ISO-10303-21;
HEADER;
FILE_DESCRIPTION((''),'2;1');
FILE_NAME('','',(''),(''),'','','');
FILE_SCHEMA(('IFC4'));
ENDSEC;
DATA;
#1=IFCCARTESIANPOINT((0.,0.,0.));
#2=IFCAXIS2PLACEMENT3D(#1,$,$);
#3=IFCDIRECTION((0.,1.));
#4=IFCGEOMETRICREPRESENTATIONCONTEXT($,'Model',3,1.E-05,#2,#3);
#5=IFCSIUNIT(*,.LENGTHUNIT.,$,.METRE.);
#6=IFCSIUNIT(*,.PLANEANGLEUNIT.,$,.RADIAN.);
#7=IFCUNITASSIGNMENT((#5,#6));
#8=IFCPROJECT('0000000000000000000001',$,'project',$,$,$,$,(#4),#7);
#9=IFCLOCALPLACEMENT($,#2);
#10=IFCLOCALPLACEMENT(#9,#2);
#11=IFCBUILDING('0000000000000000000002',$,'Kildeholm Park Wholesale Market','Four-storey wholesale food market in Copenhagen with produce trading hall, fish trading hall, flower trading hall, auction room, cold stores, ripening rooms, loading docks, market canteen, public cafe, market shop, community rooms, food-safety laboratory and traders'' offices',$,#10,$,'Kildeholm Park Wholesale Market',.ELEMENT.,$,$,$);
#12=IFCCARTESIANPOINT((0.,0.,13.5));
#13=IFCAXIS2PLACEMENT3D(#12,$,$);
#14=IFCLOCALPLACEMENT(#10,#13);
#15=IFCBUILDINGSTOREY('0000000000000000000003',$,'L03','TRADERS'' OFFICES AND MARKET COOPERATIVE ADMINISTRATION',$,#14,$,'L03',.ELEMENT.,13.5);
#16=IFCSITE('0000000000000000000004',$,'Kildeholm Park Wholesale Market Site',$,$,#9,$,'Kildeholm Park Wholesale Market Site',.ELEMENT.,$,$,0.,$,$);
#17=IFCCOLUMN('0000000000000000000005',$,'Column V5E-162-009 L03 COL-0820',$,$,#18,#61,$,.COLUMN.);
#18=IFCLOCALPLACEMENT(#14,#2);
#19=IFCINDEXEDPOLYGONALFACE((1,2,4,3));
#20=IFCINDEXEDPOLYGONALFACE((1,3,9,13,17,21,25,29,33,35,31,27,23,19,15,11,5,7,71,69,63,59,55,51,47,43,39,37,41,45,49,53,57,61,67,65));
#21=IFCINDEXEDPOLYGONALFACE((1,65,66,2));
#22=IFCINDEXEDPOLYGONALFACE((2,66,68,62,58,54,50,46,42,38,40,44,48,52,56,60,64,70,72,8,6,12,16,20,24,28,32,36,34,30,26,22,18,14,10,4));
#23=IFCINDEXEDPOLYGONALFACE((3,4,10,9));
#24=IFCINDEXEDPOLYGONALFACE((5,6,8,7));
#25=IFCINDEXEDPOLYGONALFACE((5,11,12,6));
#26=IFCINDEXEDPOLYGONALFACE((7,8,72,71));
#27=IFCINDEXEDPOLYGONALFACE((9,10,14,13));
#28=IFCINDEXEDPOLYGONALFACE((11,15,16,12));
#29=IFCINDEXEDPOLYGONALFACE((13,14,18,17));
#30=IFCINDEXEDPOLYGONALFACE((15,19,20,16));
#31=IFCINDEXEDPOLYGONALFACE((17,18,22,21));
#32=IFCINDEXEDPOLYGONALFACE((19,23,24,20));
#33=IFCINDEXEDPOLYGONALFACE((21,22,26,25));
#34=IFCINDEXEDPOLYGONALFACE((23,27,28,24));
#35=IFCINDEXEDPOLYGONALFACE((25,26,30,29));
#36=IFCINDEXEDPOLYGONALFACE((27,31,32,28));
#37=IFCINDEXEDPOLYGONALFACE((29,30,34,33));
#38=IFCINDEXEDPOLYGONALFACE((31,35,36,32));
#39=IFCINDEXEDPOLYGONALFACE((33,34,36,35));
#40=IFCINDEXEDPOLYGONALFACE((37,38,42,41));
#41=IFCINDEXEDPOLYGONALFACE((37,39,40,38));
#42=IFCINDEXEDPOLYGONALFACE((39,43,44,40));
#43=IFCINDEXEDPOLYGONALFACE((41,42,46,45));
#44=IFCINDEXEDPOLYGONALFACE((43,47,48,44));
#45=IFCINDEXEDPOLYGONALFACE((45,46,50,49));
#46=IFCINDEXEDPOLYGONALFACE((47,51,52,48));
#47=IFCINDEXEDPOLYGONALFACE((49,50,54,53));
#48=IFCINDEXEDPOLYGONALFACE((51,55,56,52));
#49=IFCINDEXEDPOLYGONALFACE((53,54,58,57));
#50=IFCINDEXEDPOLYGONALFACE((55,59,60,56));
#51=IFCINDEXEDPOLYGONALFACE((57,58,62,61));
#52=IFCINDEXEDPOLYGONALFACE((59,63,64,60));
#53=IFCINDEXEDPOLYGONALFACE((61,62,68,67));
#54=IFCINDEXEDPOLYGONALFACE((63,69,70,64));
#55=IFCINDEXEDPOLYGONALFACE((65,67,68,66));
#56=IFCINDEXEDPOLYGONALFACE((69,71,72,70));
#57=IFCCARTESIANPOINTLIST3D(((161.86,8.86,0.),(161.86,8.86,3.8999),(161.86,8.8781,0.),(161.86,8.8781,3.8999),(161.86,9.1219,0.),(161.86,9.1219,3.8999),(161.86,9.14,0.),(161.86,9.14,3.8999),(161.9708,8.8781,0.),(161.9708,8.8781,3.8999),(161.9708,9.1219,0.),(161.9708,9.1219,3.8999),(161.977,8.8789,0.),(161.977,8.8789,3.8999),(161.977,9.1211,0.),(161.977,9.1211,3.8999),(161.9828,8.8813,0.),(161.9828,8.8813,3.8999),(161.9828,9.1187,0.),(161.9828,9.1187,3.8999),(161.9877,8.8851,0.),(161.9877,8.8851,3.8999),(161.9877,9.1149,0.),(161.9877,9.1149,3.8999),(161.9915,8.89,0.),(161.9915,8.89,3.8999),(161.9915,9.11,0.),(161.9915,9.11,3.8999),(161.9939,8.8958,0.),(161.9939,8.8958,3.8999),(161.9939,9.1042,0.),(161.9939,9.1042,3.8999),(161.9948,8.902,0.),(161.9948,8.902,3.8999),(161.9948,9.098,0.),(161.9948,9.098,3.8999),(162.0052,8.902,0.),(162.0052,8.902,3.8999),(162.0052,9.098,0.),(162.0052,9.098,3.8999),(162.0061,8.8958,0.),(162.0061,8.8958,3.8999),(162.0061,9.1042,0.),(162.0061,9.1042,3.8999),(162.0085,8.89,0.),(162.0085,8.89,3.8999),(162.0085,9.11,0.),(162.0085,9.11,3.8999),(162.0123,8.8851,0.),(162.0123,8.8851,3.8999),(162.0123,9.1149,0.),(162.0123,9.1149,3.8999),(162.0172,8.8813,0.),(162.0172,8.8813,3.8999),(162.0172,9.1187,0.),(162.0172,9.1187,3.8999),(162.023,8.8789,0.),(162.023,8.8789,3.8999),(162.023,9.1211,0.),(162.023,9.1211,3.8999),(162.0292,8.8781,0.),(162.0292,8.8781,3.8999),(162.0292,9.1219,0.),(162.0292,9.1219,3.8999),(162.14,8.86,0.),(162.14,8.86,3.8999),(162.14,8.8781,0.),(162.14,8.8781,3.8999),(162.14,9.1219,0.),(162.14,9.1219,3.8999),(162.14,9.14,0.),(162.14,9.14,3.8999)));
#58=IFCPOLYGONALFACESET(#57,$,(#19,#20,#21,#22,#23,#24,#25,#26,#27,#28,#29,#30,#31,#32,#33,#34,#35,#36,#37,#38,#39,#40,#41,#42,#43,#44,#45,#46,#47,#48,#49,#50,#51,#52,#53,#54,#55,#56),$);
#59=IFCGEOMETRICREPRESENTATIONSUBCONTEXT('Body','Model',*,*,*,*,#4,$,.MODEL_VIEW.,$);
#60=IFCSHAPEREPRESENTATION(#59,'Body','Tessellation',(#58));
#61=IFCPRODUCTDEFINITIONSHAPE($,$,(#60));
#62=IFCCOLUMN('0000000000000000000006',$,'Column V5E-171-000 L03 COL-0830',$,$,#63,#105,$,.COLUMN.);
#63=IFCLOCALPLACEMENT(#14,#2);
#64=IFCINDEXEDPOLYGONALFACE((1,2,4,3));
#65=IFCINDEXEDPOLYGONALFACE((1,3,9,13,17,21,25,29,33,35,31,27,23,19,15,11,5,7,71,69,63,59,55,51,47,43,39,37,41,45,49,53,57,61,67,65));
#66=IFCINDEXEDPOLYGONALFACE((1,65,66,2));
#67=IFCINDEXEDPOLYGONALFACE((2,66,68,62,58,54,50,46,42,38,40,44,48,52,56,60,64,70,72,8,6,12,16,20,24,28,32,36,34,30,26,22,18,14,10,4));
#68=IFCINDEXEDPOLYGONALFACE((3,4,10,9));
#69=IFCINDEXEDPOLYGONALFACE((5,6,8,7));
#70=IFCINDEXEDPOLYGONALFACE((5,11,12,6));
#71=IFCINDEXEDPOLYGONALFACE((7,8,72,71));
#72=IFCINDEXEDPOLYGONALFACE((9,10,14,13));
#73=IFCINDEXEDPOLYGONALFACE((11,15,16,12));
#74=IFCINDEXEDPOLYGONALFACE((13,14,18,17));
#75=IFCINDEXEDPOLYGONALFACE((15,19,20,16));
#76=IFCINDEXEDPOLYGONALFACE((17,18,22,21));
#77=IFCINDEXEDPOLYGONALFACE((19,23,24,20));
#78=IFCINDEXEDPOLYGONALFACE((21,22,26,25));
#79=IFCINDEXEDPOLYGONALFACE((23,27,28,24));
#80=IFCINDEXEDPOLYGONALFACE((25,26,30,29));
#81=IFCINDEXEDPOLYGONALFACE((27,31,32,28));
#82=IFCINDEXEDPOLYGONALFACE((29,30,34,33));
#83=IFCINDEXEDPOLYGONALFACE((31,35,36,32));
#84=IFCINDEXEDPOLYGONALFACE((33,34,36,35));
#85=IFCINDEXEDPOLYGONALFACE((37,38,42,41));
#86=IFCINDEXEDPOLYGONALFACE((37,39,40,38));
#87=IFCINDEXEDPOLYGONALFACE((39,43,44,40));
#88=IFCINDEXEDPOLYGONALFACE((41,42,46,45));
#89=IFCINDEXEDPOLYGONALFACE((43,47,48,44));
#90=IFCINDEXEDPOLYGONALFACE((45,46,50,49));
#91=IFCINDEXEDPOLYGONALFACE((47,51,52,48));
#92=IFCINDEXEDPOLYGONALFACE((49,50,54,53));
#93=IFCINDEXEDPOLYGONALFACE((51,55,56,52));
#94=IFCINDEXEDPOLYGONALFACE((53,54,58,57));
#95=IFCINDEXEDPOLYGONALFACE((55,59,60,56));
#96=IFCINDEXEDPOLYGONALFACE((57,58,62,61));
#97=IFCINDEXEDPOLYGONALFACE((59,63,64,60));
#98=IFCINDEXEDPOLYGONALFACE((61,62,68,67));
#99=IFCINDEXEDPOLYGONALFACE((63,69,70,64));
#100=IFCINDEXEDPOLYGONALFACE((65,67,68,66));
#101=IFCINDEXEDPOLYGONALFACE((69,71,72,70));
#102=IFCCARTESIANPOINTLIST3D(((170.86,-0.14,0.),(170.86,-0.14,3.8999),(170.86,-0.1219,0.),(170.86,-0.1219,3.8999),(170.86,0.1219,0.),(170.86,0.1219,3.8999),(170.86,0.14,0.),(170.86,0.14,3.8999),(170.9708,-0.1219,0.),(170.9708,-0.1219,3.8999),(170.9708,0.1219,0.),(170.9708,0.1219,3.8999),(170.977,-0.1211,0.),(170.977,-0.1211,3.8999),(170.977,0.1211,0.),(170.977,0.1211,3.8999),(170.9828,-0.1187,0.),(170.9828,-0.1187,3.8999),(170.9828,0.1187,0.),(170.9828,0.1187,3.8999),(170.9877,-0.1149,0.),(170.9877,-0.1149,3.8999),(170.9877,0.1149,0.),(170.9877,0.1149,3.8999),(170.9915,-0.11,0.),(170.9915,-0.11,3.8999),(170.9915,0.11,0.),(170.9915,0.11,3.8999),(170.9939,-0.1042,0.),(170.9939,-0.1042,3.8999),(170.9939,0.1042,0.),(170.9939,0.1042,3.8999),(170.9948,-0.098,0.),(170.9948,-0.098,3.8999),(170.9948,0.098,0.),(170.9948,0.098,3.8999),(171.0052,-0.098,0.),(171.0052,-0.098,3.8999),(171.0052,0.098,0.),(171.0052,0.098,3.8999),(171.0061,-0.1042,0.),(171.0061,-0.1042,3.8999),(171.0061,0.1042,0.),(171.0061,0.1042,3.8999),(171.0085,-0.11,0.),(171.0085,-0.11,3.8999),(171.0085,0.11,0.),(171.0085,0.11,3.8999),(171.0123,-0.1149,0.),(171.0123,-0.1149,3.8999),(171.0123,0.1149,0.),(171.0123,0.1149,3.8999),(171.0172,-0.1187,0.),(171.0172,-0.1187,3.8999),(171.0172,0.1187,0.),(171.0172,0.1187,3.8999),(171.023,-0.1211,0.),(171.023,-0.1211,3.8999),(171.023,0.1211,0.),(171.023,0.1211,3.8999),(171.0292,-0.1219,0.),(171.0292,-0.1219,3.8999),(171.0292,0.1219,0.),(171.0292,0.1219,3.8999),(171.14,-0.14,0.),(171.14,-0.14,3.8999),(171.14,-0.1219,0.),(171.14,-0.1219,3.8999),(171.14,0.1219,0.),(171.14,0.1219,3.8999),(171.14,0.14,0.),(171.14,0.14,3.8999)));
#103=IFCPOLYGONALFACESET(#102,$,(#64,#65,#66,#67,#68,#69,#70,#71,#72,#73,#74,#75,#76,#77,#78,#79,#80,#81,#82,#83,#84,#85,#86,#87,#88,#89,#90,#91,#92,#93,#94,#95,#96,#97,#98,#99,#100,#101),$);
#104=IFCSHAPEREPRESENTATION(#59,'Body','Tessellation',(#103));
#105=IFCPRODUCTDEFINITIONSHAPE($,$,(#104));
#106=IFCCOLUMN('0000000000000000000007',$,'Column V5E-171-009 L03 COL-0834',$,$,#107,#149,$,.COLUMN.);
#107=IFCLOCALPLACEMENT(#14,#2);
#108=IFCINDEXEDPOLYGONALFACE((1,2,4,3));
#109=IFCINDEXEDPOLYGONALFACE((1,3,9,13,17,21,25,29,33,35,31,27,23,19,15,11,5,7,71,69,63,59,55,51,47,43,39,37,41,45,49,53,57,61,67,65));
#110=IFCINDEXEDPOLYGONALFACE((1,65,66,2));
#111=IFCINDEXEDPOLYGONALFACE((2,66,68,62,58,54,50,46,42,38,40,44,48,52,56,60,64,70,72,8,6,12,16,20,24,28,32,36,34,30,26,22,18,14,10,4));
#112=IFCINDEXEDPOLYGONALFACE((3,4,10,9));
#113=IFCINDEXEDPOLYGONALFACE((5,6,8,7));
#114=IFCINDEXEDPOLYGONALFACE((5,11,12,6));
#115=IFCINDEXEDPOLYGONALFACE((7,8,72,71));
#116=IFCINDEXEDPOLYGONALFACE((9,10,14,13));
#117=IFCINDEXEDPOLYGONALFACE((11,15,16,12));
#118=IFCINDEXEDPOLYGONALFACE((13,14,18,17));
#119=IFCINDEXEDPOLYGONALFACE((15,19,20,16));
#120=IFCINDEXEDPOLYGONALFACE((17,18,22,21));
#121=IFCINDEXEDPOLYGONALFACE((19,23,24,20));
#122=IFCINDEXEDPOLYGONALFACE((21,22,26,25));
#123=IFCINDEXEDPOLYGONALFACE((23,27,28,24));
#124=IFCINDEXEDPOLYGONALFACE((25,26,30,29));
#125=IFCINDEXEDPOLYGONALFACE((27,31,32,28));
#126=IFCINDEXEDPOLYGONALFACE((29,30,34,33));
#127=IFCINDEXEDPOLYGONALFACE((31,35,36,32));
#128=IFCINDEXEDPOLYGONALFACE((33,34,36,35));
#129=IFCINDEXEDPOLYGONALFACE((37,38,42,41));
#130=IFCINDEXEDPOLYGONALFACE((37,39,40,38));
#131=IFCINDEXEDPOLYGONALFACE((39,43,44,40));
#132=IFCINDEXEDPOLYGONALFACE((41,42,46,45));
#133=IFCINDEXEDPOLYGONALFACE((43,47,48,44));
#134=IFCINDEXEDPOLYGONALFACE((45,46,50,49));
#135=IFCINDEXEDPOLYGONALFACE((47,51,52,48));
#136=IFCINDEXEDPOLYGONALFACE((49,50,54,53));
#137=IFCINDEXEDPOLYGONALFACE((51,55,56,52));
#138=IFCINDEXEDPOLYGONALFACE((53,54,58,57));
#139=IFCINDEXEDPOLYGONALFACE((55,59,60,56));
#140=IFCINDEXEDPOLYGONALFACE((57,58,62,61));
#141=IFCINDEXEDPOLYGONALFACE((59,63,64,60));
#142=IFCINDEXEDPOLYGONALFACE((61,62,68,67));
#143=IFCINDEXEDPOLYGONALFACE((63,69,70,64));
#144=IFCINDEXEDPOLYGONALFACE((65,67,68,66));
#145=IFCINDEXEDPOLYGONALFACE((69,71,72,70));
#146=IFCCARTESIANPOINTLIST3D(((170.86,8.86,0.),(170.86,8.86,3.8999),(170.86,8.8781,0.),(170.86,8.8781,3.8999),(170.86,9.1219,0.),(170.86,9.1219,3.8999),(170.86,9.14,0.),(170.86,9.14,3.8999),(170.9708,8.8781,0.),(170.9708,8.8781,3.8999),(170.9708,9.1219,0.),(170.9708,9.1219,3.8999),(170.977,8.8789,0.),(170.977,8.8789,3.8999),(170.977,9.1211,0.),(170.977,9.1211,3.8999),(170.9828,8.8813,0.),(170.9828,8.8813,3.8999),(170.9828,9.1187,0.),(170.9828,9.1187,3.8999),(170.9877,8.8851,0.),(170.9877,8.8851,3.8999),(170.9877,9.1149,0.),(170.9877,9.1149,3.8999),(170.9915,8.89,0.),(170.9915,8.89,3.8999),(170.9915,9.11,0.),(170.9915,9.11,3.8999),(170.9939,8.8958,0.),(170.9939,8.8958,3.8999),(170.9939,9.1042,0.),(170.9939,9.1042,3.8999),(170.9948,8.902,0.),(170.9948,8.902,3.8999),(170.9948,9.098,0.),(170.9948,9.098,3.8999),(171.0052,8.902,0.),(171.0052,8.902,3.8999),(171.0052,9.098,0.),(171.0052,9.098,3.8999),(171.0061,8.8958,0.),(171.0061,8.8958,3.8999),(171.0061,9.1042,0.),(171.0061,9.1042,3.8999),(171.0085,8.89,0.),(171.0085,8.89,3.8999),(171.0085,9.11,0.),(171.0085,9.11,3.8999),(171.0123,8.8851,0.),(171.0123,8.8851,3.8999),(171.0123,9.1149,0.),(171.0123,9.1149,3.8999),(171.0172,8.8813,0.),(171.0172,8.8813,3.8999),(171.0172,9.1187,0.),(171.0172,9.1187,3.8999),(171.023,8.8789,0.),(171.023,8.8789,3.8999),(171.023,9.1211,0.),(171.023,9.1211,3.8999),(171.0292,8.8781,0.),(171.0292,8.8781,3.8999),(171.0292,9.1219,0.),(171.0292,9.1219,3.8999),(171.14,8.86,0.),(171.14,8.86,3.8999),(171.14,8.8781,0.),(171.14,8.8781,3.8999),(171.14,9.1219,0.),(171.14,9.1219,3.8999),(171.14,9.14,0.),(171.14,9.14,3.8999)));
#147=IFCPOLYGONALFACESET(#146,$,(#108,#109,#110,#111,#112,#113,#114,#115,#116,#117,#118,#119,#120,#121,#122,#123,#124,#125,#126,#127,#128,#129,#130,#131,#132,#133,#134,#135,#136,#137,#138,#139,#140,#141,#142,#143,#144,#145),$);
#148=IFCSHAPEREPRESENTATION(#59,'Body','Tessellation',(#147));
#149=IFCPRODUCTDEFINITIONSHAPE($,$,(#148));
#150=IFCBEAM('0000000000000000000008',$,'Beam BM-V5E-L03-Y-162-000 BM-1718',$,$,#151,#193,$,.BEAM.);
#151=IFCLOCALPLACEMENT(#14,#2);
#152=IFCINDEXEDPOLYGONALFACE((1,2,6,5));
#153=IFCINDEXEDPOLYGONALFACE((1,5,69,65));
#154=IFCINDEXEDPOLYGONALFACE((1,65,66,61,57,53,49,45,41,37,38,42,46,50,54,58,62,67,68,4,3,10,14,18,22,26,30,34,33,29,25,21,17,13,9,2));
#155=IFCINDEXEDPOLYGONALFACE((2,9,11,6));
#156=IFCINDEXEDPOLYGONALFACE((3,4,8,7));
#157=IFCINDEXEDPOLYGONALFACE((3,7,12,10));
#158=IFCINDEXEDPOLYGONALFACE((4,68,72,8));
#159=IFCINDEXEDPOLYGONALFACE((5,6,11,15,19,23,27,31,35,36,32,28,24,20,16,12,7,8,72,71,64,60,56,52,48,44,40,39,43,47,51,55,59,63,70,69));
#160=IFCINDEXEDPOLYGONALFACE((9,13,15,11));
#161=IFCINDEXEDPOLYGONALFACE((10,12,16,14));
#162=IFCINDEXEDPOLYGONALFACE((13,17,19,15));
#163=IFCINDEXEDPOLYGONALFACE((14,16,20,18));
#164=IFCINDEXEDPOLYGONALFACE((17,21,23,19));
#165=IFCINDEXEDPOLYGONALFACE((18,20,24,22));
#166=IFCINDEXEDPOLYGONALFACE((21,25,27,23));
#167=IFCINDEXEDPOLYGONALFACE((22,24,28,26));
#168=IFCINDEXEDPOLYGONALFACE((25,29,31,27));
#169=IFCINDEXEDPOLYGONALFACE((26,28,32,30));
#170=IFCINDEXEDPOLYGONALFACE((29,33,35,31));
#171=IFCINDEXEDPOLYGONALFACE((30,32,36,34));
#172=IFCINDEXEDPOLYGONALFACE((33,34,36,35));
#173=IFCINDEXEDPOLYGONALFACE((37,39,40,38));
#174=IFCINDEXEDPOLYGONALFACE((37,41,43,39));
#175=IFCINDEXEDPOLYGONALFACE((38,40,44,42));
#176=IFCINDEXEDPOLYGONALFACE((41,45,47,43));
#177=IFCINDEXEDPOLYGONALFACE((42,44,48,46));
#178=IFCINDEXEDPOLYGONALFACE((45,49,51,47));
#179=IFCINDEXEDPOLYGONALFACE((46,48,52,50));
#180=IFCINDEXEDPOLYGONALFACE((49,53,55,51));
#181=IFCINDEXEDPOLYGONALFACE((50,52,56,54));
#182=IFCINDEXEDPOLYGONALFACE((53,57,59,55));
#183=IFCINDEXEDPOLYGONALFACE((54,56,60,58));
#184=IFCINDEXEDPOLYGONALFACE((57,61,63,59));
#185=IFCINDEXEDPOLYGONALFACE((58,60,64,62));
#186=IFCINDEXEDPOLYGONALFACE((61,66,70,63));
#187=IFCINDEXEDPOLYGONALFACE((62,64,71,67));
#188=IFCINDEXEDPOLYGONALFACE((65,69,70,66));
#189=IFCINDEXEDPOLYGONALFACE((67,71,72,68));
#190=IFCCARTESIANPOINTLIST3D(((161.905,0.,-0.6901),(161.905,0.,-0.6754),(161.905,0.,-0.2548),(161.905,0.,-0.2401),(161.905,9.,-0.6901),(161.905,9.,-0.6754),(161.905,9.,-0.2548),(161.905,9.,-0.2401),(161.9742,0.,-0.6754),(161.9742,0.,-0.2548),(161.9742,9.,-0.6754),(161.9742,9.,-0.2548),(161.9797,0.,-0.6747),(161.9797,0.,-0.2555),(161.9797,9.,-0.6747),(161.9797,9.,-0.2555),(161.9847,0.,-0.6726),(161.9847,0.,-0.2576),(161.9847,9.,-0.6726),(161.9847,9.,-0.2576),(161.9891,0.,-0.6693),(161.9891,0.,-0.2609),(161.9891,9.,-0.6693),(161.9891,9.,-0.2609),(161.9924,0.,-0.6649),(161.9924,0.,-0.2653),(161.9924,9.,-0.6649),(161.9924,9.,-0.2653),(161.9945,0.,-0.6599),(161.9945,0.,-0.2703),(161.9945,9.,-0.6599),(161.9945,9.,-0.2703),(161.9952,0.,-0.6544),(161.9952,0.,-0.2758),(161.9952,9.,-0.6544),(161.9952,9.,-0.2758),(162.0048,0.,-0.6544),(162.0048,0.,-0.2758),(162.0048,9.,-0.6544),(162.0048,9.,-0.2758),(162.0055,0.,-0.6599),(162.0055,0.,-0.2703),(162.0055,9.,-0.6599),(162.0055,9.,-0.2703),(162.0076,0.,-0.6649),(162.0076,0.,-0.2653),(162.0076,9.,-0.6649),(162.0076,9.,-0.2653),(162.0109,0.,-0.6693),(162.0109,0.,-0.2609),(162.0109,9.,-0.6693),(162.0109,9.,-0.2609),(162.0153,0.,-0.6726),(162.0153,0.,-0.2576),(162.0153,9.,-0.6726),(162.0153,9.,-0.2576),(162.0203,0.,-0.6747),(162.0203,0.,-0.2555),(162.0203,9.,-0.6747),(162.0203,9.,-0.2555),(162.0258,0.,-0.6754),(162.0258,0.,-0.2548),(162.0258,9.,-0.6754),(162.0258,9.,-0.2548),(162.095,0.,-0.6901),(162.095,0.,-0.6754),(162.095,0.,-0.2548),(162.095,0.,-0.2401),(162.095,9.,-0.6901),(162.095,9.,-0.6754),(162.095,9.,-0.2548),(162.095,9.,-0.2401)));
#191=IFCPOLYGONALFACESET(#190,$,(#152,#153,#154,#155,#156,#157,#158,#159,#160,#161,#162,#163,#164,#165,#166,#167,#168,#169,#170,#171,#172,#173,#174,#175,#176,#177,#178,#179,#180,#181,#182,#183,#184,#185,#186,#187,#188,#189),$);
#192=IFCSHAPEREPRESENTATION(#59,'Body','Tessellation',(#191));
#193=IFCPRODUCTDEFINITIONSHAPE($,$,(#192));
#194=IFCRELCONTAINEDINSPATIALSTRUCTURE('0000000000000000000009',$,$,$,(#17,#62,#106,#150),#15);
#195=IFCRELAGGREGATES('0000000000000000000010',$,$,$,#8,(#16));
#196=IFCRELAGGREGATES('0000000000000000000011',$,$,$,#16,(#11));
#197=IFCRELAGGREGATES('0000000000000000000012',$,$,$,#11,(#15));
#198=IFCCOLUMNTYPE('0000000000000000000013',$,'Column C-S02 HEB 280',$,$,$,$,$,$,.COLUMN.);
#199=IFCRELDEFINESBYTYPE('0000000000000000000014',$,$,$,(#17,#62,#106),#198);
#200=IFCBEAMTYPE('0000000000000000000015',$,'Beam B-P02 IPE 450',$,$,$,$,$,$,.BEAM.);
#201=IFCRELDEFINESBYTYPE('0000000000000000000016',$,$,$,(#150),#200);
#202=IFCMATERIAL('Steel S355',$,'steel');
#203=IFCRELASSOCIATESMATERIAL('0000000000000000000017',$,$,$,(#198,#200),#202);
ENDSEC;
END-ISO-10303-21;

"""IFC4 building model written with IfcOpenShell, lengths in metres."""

from ifc_helpers import new_model, si_unit, direction, frame, origin, origin_2d, place, context, subcontext, project, spatial, i_section, extrude, material, material_profile, profile_set, type_object, element, save


model = new_model("IFC4")

# Units and contexts
model_context = context("Model", 3, precision=1e-05, world=origin(), true_north=direction((0.0, 1.0)))
body_context = subcontext(model_context, "Body", "Model", "MODEL_VIEW")
ifc_project = project(units=[si_unit("LENGTHUNIT", "METRE"), si_unit("PLANEANGLEUNIT", "RADIAN")], contexts=[model_context])

# Site, building, storey
site_placement = place(None, origin())
site = spatial("IfcSite", under=ifc_project, at=site_placement, Name="Kildeholm Park Wholesale Market Site", LongName="Kildeholm Park Wholesale Market Site", CompositionType="ELEMENT", RefElevation=0.0)
building_placement = place(site_placement, origin())
building = spatial("IfcBuilding", under=site, at=building_placement, Name="Kildeholm Park Wholesale Market", Description="Four-storey wholesale food market in Copenhagen with produce trading hall, fish trading hall, flower trading hall, auction room, cold stores, ripening rooms, loading docks, market canteen, public cafe, market shop, community rooms, food-safety laboratory and traders' offices", LongName="Kildeholm Park Wholesale Market", CompositionType="ELEMENT")
storey_placement = place(building_placement, frame((0.0, 0.0, 13.5)))
storey = spatial("IfcBuildingStorey", under=building, at=storey_placement, Name="L03", Description="TRADERS' OFFICES AND MARKET COOPERATIVE ADMINISTRATION", LongName="L03", CompositionType="ELEMENT", Elevation=13.5)

# Columns
ifc_material_1 = material(Name="Steel S355", Category="steel")
ifc_material_profile_1 = material_profile(ifc_material_1, i_section(OverallWidth=0.28, OverallDepth=0.28, WebThickness=0.0105, FlangeThickness=0.0181, FilletRadius=0.0239, at=origin_2d()), Name="HEB 280")
ifc_profile_set_1 = profile_set([ifc_material_profile_1], Name="Steel S355")
column_type = type_object("IfcColumnType", Name="Column C-S02 HEB 280", PredefinedType="COLUMN", material=ifc_profile_set_1)
for number, where, z_axis, x_axis, name in (
    (1, (162.0, 9.0, 0.0), (0.0, 0.0, 1.0), (1.0, 0.0, 0.0), "Column V5E-162-009 L03 COL-0820"),
    (2, (171.0, 0.0, 0.0), (0.0, 0.0, 1.0), (1.0, 0.0, 0.0), "Column V5E-171-000 L03 COL-0830"),
    (3, (171.0, 9.0, 0.0), (0.0, 0.0, 1.0), (1.0, 0.0, 0.0), "Column V5E-171-009 L03 COL-0834"),
):
    element("IfcColumn", number, at=place(storey_placement, frame(where, z_axis=z_axis, x_axis=x_axis)), inside=storey, type_object=column_type, Name=name, PredefinedType="COLUMN", context=body_context, shape_type="SweptSolid", body=[
        extrude(i_section(OverallWidth=0.28, OverallDepth=0.28, WebThickness=0.0105, FlangeThickness=0.0181, FilletRadius=0.0239, at=origin_2d()), origin(), (0.0, 0.0, 1.0), 3.8999),
    ])

# Beam
ifc_material_profile_2 = material_profile(ifc_material_1, i_section(OverallWidth=0.1899, OverallDepth=0.45, WebThickness=0.0095, FlangeThickness=0.0146, FilletRadius=0.021, at=origin_2d()), Name="IPE 450")
ifc_profile_set_2 = profile_set([ifc_material_profile_2], Name="Steel S355")
beam_type_1 = type_object("IfcBeamType", Name="Beam B-P02 IPE 450", PredefinedType="BEAM", material=ifc_profile_set_2)
for number, where, z_axis, x_axis, name in (
    (4, (162.0, 0.0, -0.4651), (0.0, 1.0, 0.0), (-1.0, 0.0, 0.0), "Beam BM-V5E-L03-Y-162-000 BM-1718"),
):
    element("IfcBeam", number, at=place(storey_placement, frame(where, z_axis=z_axis, x_axis=x_axis)), inside=storey, type_object=beam_type_1, Name=name, PredefinedType="BEAM", context=body_context, shape_type="SweptSolid", body=[
        extrude(i_section(OverallWidth=0.1899, OverallDepth=0.45, WebThickness=0.0095, FlangeThickness=0.0146, FilletRadius=0.021, at=origin_2d()), origin(), (0.0, 0.0, 1.0), 9.0),
    ])

save(model, "model.ifc")
